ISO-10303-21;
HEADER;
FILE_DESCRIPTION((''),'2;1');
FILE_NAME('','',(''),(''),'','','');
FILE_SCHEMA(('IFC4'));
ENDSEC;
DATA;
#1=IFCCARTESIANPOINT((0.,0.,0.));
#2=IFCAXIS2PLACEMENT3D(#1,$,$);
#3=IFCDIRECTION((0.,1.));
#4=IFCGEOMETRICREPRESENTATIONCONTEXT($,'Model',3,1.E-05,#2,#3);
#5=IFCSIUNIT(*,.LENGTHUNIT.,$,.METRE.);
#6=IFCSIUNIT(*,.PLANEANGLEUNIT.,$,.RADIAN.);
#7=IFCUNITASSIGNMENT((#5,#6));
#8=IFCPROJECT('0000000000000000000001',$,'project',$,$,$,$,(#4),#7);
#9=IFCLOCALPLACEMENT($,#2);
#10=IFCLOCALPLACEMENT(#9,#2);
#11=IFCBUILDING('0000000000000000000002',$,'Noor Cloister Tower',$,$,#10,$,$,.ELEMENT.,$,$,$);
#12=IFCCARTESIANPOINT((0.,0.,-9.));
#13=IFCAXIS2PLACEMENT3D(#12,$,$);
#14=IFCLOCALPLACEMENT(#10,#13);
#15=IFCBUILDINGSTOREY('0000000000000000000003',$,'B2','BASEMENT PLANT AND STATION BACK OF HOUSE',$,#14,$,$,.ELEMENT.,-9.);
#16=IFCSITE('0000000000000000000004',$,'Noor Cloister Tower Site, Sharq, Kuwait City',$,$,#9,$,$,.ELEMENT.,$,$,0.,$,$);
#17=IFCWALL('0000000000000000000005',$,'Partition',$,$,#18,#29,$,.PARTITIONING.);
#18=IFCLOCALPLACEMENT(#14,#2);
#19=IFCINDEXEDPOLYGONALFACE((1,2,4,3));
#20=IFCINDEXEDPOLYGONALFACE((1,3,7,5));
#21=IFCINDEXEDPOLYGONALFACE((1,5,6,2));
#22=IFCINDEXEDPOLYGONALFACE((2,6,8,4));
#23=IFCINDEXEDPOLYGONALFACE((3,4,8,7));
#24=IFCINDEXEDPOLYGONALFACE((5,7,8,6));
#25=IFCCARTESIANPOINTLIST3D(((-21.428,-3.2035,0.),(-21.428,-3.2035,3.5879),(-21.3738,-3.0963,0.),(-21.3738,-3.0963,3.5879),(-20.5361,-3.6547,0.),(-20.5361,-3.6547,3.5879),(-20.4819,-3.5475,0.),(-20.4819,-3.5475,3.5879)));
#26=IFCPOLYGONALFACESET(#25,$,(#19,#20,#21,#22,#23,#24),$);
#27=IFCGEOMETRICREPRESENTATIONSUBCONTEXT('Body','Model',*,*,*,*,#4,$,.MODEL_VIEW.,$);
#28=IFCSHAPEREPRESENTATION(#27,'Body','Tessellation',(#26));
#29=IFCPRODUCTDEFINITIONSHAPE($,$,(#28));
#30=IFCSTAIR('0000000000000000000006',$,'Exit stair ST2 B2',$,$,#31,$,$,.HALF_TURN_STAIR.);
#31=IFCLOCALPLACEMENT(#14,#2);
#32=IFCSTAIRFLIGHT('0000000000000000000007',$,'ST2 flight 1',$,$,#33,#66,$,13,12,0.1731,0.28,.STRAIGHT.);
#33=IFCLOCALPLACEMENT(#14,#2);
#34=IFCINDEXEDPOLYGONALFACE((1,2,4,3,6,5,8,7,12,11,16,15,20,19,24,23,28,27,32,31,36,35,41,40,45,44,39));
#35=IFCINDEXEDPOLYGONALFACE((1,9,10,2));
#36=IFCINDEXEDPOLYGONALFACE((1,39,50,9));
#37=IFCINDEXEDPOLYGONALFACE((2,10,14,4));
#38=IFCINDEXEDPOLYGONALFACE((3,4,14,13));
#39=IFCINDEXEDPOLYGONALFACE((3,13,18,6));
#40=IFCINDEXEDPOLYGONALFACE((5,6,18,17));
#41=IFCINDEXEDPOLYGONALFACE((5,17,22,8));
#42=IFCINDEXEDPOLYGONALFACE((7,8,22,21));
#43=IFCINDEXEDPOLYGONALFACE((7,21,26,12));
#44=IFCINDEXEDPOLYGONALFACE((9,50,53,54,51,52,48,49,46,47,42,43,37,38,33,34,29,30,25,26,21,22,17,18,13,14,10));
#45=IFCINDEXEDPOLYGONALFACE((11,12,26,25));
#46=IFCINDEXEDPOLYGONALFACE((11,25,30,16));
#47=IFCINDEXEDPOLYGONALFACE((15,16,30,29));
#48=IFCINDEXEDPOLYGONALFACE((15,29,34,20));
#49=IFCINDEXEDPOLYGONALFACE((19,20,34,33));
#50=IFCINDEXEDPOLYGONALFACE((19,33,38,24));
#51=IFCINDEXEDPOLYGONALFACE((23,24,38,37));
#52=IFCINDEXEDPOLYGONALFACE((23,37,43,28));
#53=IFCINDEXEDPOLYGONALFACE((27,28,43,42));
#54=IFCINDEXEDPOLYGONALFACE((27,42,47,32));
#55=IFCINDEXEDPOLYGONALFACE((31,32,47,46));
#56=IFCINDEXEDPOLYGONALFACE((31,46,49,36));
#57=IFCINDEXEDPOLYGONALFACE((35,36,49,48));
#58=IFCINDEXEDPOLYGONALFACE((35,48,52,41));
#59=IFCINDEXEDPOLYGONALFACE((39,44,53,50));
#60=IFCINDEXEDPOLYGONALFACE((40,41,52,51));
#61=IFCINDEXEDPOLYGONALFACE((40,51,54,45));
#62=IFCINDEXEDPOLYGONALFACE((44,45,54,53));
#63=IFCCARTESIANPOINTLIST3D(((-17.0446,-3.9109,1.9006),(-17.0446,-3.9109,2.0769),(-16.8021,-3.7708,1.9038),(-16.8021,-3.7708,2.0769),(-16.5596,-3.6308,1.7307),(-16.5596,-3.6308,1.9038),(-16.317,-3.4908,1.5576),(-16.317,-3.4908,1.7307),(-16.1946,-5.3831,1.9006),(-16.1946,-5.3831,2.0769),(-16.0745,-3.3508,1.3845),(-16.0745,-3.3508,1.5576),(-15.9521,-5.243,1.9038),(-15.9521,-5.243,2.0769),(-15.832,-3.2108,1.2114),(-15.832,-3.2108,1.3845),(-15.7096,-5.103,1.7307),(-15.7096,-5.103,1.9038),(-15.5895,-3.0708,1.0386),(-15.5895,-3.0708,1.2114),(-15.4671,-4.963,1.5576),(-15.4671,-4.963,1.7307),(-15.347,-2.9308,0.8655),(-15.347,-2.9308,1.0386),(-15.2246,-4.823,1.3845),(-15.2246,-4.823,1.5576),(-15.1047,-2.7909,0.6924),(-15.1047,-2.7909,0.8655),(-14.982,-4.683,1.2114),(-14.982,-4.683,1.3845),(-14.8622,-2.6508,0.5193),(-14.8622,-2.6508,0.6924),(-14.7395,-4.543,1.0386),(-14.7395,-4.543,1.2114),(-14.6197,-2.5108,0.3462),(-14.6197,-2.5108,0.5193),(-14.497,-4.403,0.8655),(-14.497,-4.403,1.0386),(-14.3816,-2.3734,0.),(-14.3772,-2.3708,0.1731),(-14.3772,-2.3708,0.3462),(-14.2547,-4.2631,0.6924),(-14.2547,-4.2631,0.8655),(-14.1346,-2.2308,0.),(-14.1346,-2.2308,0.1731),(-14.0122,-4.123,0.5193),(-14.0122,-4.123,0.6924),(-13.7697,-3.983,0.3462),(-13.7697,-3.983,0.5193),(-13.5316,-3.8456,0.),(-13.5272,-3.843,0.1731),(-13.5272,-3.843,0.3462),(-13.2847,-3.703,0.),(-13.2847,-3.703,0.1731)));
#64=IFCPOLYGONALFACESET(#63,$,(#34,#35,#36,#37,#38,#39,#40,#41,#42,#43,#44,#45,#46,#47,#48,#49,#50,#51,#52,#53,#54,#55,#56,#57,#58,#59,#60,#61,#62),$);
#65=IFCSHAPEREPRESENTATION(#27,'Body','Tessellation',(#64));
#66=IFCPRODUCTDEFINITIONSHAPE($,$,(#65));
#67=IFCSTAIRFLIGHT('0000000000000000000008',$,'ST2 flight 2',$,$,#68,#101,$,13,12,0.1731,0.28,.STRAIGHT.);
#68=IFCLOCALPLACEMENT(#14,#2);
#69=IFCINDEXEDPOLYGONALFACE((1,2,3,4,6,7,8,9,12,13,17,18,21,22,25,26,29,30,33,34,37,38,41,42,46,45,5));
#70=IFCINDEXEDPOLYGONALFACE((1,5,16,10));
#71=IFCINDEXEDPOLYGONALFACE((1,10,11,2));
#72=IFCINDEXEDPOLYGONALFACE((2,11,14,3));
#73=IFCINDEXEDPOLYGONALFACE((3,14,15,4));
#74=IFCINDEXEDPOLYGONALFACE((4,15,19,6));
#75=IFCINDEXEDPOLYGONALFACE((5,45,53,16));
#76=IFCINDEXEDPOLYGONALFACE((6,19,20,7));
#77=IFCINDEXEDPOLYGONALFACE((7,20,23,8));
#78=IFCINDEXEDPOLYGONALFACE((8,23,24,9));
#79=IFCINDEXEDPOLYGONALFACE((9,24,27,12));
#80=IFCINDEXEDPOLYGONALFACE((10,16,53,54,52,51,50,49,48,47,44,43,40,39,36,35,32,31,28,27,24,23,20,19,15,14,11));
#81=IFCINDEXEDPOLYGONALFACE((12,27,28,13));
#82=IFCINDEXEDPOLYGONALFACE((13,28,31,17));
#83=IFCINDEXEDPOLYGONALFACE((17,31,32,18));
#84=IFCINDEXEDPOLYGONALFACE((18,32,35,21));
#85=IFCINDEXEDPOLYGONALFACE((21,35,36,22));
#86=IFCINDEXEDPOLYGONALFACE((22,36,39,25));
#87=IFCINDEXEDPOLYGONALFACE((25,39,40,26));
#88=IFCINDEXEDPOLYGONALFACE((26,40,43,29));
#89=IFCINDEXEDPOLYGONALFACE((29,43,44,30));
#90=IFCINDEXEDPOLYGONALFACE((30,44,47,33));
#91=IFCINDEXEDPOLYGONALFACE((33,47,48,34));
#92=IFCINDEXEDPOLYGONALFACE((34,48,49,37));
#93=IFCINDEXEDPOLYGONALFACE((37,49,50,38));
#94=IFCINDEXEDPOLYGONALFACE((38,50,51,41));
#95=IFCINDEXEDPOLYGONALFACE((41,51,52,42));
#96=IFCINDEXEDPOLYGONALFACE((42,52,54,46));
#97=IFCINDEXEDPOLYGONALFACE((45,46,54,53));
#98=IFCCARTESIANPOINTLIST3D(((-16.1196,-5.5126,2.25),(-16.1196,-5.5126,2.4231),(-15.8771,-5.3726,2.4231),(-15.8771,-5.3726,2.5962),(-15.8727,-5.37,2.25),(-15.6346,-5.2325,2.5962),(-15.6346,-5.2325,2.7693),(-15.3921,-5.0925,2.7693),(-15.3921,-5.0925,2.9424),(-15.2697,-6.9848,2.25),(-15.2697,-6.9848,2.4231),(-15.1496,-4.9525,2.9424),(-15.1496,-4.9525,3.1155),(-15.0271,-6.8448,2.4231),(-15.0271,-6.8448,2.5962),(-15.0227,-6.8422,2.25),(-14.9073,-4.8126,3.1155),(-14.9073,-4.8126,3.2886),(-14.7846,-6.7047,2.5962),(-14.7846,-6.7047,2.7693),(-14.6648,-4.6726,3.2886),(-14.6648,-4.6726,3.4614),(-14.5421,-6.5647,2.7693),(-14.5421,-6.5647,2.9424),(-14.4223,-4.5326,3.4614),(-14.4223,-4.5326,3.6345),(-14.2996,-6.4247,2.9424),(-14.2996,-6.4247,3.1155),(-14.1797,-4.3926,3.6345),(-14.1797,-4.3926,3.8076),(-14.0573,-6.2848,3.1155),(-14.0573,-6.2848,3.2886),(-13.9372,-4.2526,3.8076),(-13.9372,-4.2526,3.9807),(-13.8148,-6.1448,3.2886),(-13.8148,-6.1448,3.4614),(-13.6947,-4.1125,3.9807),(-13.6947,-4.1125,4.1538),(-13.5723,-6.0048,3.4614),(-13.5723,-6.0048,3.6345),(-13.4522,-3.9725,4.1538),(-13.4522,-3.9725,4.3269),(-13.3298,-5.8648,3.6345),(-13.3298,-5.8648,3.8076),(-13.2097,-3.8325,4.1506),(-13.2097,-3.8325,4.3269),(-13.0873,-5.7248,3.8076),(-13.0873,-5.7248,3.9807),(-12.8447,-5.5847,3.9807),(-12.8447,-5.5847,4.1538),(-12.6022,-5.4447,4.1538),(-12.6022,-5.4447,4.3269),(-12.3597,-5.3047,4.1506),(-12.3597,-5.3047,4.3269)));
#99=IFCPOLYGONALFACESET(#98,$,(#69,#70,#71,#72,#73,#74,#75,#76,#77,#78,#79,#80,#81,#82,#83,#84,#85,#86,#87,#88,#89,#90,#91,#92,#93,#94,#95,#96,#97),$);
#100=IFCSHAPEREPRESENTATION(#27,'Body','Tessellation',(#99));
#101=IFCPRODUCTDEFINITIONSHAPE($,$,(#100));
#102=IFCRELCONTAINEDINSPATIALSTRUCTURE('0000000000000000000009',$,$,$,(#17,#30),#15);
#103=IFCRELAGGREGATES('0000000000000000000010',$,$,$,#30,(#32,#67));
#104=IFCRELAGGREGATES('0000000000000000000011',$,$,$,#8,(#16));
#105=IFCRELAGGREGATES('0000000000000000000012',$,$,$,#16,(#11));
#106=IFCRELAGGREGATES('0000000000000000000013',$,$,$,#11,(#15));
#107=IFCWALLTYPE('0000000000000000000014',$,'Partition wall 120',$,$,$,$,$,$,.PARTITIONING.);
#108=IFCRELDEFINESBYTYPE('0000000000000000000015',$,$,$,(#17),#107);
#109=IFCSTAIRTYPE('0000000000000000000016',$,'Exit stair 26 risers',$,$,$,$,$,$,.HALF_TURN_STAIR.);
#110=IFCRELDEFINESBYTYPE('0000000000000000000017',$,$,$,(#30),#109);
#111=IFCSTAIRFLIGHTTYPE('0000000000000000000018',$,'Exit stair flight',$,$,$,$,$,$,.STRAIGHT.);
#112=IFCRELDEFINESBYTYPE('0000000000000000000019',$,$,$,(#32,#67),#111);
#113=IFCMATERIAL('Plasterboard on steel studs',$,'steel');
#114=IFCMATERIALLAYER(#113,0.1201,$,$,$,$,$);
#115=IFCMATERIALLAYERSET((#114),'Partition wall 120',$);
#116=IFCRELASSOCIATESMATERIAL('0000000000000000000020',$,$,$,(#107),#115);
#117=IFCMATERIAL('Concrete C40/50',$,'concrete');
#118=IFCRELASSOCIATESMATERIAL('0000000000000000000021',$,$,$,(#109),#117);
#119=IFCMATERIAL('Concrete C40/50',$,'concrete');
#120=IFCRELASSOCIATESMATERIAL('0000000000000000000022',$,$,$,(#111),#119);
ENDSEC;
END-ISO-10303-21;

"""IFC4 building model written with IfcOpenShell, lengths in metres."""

from ifc_helpers import new_model, si_unit, direction, frame, frame_2d, origin, place, context, subcontext, project, spatial, polyline, rectangle, outline, extrude, material, layer, layer_set, type_object, element, aggregate, save


model = new_model("IFC4")

# Units and contexts
model_context = context("Model", 3, precision=1e-05, world=origin(), true_north=direction((0.0, 1.0)))
body_context = subcontext(model_context, "Body", "Model", "MODEL_VIEW")
ifc_project = project(units=[si_unit("LENGTHUNIT", "METRE"), si_unit("PLANEANGLEUNIT", "RADIAN")], contexts=[model_context])

# Site, building, storey
site_placement = place(None, origin())
site = spatial("IfcSite", under=ifc_project, at=site_placement, Name="Noor Cloister Tower Site, Sharq, Kuwait City", CompositionType="ELEMENT", RefElevation=0.0)
building_placement = place(site_placement, origin())
building = spatial("IfcBuilding", under=site, at=building_placement, Name="Noor Cloister Tower", CompositionType="ELEMENT")
storey_placement = place(building_placement, frame((0.0, 0.0, -9.0)))
storey = spatial("IfcBuildingStorey", under=building, at=storey_placement, Name="B2", Description="BASEMENT PLANT AND STATION BACK OF HOUSE", CompositionType="ELEMENT", Elevation=-9.0)

# Wall
ifc_material_1 = material(Name="Plasterboard on steel studs", Category="steel")
ifc_layer_1 = layer(ifc_material_1, 0.1201)
ifc_layer_set_1 = layer_set([ifc_layer_1], Name="Partition wall 120")
wall_type_1 = type_object("IfcWallType", Name="Partition wall 120", PredefinedType="PARTITIONING", material=ifc_layer_set_1)
wall_1_placement = place(storey_placement, frame((-20.509, -3.6011, 0.0), z_axis=(0.0, 0.0, 1.0), x_axis=(-0.892317, 0.45141, 0.0)))
element("IfcWall", 1, at=wall_1_placement, inside=storey, type_object=wall_type_1, Name="Partition", PredefinedType="PARTITIONING", context=body_context, shape_type="SweptSolid", body=[
    extrude(rectangle(XDim=0.9995, YDim=0.1201, at=frame_2d((0.4998, 0.0))), origin(), (0.0, 0.0, 1.0), 3.5879),
])

# Stair, stair flights
ifc_material_2 = material(Name="Concrete C40/50", Category="concrete")
stair_type = type_object("IfcStairType", Name="Exit stair 26 risers", PredefinedType="HALF_TURN_STAIR", material=ifc_material_2)
stair_placement = place(storey_placement, origin())
stair = element("IfcStair", 2, at=stair_placement, inside=storey, type_object=stair_type, Name="Exit stair ST2 B2", PredefinedType="HALF_TURN_STAIR")
ifc_material_3 = material(Name="Concrete C40/50", Category="concrete")
stair_flight_type = type_object("IfcStairFlightType", Name="Exit stair flight", PredefinedType="STRAIGHT", material=ifc_material_3)
stair_flight_1_placement = place(storey_placement, frame((-13.7097, -2.9668, 0.0), z_axis=(0.0, 0.0, 1.0), x_axis=(-0.866025, -0.5, 0.0)))
stair_flight_1 = element("IfcStairFlight", 3, at=stair_flight_1_placement, type_object=stair_flight_type, Name="ST2 flight 1", NumberOfRisers=13, NumberOfTreads=12, PredefinedType="STRAIGHT", RiserHeight=0.1731, TreadLength=0.28, context=body_context, shape_type="SweptSolid", body=[
    extrude(outline(polyline([(0.0, 0.0), (0.0, 0.1731), (0.28, 0.1731), (0.28, 0.3462), (0.5601, 0.3462), (0.5601, 0.5193), (0.8401, 0.5193), (0.8401, 0.6924), (1.1201, 0.6924), (1.1201, 0.8655), (1.3999, 0.8655), (1.3999, 1.0386), (1.6799, 1.0386), (1.6799, 1.2114), (1.96, 1.2114), (1.96, 1.3845), (2.24, 1.3845), (2.24, 1.5576), (2.52, 1.5576), (2.52, 1.7307), (2.8, 1.7307), (2.8, 1.9038), (3.0801, 1.9038), (3.0801, 2.0769), (3.3601, 2.0769), (3.3601, 2.25), (3.3601, 1.9006), (0.2852, 0.0), (0.0, 0.0)])), frame((0.0, 0.8501, 0.0), z_axis=(0.0, -1.0, 0.0), x_axis=(1.0, 0.0, 0.0)), (0.0, 0.0, 1.0), 1.7),
])
stair_flight_2_placement = place(storey_placement, frame((-15.6946, -6.2488, 2.25), z_axis=(0.0, 0.0, 1.0), x_axis=(0.866025, 0.5, 0.0)))
stair_flight_2 = element("IfcStairFlight", 4, at=stair_flight_2_placement, type_object=stair_flight_type, Name="ST2 flight 2", NumberOfRisers=13, NumberOfTreads=12, PredefinedType="STRAIGHT", RiserHeight=0.1731, TreadLength=0.28, context=body_context, shape_type="SweptSolid", body=[
    extrude(outline(polyline([(0.0, 0.0), (0.0, 0.1731), (0.28, 0.1731), (0.28, 0.3462), (0.5601, 0.3462), (0.5601, 0.5193), (0.8401, 0.5193), (0.8401, 0.6924), (1.1201, 0.6924), (1.1201, 0.8655), (1.3999, 0.8655), (1.3999, 1.0386), (1.6799, 1.0386), (1.6799, 1.2114), (1.96, 1.2114), (1.96, 1.3845), (2.24, 1.3845), (2.24, 1.5576), (2.52, 1.5576), (2.52, 1.7307), (2.8, 1.7307), (2.8, 1.9038), (3.0801, 1.9038), (3.0801, 2.0769), (3.3601, 2.0769), (3.3601, 2.25), (3.3601, 1.9006), (0.2852, 0.0), (0.0, 0.0)])), frame((0.0, 0.8501, 0.0), z_axis=(0.0, -1.0, 0.0), x_axis=(1.0, 0.0, 0.0)), (0.0, 0.0, 1.0), 1.7),
])
aggregate(stair, [stair_flight_1, stair_flight_2])

save(model, "model.ifc")
